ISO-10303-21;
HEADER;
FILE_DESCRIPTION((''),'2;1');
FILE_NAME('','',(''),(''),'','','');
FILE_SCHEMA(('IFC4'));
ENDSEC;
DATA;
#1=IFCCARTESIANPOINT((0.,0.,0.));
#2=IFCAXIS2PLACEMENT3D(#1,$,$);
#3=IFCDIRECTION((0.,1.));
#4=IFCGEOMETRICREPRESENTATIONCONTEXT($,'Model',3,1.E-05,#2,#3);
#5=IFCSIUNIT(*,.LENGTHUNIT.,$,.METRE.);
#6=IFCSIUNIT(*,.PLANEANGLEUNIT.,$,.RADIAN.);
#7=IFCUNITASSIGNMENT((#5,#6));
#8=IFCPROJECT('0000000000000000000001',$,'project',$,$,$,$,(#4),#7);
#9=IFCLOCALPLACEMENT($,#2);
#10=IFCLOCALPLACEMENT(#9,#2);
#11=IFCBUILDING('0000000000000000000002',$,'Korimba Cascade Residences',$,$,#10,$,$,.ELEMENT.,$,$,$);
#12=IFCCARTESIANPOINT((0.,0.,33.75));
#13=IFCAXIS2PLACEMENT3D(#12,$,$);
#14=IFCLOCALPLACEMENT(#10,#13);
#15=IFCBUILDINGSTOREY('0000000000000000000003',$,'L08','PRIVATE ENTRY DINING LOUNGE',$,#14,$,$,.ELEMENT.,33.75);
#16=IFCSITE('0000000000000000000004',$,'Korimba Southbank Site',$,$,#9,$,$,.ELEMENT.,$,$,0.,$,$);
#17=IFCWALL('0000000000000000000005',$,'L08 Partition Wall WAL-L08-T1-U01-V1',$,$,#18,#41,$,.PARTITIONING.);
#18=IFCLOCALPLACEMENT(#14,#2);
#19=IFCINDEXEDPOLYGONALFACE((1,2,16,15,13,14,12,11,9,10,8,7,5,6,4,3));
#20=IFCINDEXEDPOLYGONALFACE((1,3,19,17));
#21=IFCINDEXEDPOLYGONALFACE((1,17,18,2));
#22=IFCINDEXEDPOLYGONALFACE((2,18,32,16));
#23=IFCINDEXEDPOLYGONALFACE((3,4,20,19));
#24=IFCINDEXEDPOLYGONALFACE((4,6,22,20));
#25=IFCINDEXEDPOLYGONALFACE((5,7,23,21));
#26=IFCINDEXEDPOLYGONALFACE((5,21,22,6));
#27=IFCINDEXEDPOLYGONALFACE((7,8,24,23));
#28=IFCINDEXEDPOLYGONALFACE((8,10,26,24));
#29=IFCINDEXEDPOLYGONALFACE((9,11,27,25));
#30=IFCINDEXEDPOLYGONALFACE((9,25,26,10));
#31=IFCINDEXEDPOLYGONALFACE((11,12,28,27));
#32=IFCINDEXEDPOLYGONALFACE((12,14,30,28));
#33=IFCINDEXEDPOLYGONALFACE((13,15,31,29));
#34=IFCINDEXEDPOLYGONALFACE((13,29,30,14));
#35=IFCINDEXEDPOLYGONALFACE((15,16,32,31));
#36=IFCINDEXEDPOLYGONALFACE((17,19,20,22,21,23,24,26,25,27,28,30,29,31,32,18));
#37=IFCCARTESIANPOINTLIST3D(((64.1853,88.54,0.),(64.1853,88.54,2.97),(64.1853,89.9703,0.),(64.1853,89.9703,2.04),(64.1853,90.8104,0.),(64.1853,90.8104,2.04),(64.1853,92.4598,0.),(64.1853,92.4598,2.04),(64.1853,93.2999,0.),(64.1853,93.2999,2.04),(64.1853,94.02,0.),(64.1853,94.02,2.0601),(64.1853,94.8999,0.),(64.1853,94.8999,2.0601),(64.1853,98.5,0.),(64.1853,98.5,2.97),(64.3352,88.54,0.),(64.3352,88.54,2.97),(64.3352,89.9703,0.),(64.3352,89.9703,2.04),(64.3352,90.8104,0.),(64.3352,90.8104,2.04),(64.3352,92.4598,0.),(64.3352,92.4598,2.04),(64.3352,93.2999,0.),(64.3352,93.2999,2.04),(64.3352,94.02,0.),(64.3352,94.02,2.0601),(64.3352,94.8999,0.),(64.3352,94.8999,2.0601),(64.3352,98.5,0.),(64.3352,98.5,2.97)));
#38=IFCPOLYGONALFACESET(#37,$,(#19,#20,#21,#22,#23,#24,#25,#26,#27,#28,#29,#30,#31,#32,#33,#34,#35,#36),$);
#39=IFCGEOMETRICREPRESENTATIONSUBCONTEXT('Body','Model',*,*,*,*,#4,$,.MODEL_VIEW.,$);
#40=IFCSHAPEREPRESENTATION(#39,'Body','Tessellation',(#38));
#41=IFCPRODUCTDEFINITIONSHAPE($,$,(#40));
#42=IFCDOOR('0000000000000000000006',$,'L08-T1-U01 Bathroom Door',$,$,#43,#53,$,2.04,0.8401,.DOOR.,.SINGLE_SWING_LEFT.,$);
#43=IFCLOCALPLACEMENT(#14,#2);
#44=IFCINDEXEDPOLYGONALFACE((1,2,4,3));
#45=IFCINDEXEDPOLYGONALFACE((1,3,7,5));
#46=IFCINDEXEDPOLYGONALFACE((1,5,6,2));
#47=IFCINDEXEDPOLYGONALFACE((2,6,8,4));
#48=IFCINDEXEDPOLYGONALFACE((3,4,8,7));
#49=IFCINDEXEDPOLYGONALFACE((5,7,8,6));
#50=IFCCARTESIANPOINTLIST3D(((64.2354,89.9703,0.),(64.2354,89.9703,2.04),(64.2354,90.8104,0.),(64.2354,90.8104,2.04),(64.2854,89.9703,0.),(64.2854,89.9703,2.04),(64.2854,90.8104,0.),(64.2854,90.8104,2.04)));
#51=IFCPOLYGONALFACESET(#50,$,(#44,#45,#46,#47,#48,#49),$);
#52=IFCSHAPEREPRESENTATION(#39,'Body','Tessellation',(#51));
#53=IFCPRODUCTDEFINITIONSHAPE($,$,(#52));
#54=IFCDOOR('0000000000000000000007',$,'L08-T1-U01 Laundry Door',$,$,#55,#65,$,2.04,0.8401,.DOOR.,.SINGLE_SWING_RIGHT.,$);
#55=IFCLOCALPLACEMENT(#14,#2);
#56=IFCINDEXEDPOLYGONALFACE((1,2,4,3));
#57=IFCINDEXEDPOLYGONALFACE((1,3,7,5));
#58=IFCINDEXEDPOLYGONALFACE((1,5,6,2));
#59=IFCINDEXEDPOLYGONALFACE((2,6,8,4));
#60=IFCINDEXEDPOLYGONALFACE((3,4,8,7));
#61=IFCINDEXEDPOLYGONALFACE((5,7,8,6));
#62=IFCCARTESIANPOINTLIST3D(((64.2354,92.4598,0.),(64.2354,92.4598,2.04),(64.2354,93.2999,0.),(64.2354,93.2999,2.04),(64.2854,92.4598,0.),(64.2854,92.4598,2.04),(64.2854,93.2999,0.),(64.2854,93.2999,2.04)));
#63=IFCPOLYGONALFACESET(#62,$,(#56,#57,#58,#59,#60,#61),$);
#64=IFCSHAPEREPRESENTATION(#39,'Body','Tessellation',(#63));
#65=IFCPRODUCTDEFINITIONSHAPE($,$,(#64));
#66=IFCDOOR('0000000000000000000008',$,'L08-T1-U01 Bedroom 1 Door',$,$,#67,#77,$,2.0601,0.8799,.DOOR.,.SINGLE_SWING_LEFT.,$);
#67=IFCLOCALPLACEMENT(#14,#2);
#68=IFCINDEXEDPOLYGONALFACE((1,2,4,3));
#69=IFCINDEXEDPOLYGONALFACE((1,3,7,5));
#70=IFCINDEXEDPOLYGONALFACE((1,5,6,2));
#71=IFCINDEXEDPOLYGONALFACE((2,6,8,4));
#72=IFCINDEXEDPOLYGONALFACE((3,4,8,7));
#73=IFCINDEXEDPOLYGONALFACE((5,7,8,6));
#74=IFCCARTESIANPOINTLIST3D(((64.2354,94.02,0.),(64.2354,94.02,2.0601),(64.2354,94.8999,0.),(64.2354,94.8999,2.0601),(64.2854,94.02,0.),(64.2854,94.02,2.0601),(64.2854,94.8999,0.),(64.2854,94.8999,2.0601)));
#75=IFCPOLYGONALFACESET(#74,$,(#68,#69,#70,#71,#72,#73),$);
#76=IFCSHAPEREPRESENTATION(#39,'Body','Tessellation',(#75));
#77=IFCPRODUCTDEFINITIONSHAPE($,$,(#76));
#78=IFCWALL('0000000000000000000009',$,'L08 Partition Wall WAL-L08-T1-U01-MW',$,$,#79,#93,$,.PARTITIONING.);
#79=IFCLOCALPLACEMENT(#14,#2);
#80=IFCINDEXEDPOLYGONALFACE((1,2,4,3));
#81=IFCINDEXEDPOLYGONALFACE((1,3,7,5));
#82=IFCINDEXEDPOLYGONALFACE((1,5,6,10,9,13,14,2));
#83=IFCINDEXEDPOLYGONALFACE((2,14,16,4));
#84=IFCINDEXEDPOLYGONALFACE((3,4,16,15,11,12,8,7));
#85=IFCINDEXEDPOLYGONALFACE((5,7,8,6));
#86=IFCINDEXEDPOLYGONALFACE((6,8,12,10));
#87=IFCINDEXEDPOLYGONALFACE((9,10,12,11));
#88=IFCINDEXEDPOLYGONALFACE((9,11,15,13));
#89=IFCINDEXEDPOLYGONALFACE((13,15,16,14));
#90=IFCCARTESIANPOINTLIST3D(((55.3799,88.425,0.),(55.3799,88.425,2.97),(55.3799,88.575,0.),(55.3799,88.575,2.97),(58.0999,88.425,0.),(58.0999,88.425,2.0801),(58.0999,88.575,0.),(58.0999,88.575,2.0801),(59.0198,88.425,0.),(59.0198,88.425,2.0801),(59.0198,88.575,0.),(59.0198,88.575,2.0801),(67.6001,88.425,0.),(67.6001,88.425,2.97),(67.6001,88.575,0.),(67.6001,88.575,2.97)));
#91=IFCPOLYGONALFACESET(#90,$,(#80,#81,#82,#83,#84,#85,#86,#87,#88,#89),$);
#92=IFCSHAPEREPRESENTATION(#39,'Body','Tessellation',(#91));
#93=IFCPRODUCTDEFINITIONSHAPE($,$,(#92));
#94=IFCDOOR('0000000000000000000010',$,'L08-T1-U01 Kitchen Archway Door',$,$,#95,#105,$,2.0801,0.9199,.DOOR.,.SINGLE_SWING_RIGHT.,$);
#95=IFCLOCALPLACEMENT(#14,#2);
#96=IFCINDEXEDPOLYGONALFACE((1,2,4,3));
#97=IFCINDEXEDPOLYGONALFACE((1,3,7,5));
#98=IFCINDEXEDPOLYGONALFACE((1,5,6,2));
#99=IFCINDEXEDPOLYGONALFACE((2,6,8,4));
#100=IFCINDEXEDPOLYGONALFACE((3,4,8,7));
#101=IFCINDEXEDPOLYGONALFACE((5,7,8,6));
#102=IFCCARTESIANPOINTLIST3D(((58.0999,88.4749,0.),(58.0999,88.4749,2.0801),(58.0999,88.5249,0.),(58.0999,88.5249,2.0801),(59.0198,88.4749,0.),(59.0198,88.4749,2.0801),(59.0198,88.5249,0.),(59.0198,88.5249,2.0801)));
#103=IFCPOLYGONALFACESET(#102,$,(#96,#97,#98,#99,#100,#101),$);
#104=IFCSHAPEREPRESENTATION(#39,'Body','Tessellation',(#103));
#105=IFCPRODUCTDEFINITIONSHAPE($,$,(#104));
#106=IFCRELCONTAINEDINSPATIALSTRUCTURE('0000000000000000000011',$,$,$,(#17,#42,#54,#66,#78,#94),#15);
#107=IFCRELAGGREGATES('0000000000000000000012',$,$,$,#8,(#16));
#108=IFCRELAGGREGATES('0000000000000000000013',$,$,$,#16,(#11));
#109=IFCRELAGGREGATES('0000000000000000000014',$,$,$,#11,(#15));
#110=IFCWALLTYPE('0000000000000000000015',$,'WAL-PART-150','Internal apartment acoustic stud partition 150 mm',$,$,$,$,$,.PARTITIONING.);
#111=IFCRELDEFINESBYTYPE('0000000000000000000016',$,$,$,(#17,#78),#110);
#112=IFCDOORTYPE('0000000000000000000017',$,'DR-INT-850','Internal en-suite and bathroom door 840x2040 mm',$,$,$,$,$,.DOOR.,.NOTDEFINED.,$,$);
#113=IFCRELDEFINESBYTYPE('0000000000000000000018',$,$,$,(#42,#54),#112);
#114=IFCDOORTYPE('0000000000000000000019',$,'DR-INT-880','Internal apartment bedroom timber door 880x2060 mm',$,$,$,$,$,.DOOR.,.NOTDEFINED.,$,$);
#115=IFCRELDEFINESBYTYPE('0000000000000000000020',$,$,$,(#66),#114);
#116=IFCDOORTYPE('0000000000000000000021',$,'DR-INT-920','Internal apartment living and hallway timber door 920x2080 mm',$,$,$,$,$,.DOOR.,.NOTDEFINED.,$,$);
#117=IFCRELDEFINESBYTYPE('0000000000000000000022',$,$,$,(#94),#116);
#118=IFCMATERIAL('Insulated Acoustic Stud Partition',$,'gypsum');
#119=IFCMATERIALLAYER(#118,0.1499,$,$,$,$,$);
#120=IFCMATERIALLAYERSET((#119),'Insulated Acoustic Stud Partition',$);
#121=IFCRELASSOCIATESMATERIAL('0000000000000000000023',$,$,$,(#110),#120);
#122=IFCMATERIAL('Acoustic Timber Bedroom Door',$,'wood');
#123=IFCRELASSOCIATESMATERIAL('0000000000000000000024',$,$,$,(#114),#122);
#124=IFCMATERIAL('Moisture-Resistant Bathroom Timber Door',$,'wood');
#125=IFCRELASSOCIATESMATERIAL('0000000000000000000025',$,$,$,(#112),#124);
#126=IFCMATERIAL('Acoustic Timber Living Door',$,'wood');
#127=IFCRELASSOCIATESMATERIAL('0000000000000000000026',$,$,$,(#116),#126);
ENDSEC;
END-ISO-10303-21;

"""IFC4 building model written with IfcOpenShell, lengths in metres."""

from ifc_helpers import new_model, si_unit, direction, frame, frame_2d, origin, place, context, subcontext, project, spatial, rectangle, extrude, material, layer, layer_set, type_object, element, fill, save


model = new_model("IFC4")

# Units and contexts
model_context = context("Model", 3, precision=1e-05, world=origin(), true_north=direction((0.0, 1.0)))
body_context = subcontext(model_context, "Body", "Model", "MODEL_VIEW")
ifc_project = project(units=[si_unit("LENGTHUNIT", "METRE"), si_unit("PLANEANGLEUNIT", "RADIAN")], contexts=[model_context])

# Site, building, storey
site_placement = place(None, origin())
site = spatial("IfcSite", under=ifc_project, at=site_placement, Name="Korimba Southbank Site", CompositionType="ELEMENT", RefElevation=0.0)
building_placement = place(site_placement, origin())
building = spatial("IfcBuilding", under=site, at=building_placement, Name="Korimba Cascade Residences", CompositionType="ELEMENT")
storey_placement = place(building_placement, frame((0.0, 0.0, 33.75)))
storey = spatial("IfcBuildingStorey", under=building, at=storey_placement, Name="L08", Description="PRIVATE ENTRY DINING LOUNGE", CompositionType="ELEMENT", Elevation=33.75)

# Shared definitions
ifc_material_1 = material(Name="Insulated Acoustic Stud Partition", Category="gypsum")
ifc_layer_1 = layer(ifc_material_1, 0.1499)
ifc_layer_set_1 = layer_set([ifc_layer_1], Name="Insulated Acoustic Stud Partition")
wall_type_1 = type_object("IfcWallType", Name="WAL-PART-150", Description="Internal apartment acoustic stud partition 150 mm", PredefinedType="PARTITIONING", material=ifc_layer_set_1)
ifc_material_2 = material(Name="Acoustic Timber Bedroom Door", Category="wood")
door_type_1 = type_object("IfcDoorType", Name="DR-INT-880", Description="Internal apartment bedroom timber door 880x2060 mm", OperationType="NOTDEFINED", PredefinedType="DOOR", material=ifc_material_2)

# Wall, openings, doors
wall_1_placement = place(storey_placement, frame((64.2603, 88.54, 0.0), z_axis=(0.0, 0.0, 1.0), x_axis=(0.0, 1.0, 0.0)))
wall_1 = element("IfcWall", 1, at=wall_1_placement, inside=storey, type_object=wall_type_1, Name="L08 Partition Wall WAL-L08-T1-U01-V1", PredefinedType="PARTITIONING", context=body_context, shape_type="SweptSolid", body=[
    extrude(rectangle(XDim=9.96, YDim=0.1499, at=frame_2d((4.98, 0.0))), origin(), (0.0, 0.0, 1.0), 2.97),
])
opening_1_placement = place(wall_1_placement, frame((1.4304, 0.0, 0.0)))
opening_1 = element("IfcOpeningElement", 2, at=opening_1_placement, cuts=wall_1, PredefinedType="OPENING", context=body_context, shape_type="SweptSolid", body=[
    extrude(rectangle(XDim=0.8401, YDim=2.04, at=frame_2d((0.4199, 1.02))), frame((0.0, 0.085, 0.0), z_axis=(0.0, -1.0, 0.0), x_axis=(1.0, 0.0, 0.0)), (0.0, 0.0, 1.0), 0.1699),
])
opening_2_placement = place(wall_1_placement, frame((3.9199, 0.0, 0.0)))
opening_2 = element("IfcOpeningElement", 3, at=opening_2_placement, cuts=wall_1, PredefinedType="OPENING", context=body_context, shape_type="SweptSolid", body=[
    extrude(rectangle(XDim=0.8401, YDim=2.04, at=frame_2d((0.4199, 1.02))), frame((0.0, 0.085, 0.0), z_axis=(0.0, -1.0, 0.0), x_axis=(1.0, 0.0, 0.0)), (0.0, 0.0, 1.0), 0.1699),
])
opening_3_placement = place(wall_1_placement, frame((5.48, 0.0, 0.0)))
opening_3 = element("IfcOpeningElement", 4, at=opening_3_placement, cuts=wall_1, PredefinedType="OPENING", context=body_context, shape_type="SweptSolid", body=[
    extrude(rectangle(XDim=0.8799, YDim=2.0601, at=frame_2d((0.4399, 1.03))), frame((0.0, 0.085, 0.0), z_axis=(0.0, -1.0, 0.0), x_axis=(1.0, 0.0, 0.0)), (0.0, 0.0, 1.0), 0.1699),
])
ifc_material_3 = material(Name="Moisture-Resistant Bathroom Timber Door", Category="wood")
door_type_2 = type_object("IfcDoorType", Name="DR-INT-850", Description="Internal en-suite and bathroom door 840x2040 mm", OperationType="NOTDEFINED", PredefinedType="DOOR", material=ifc_material_3)
door_1_placement = place(opening_1_placement, origin())
door_1 = element("IfcDoor", 5, at=door_1_placement, inside=storey, type_object=door_type_2, Name="L08-T1-U01 Bathroom Door", OperationType="SINGLE_SWING_LEFT", OverallHeight=2.04, OverallWidth=0.8401, PredefinedType="DOOR", context=body_context, shape_type="SweptSolid", body=[
    extrude(rectangle(XDim=0.8401, YDim=2.04, at=frame_2d((0.4199, 1.02))), frame((0.0, 0.0249, 0.0), z_axis=(0.0, -1.0, 0.0), x_axis=(1.0, 0.0, 0.0)), (0.0, 0.0, 1.0), 0.05),
])
fill(opening_1, door_1)
door_2_placement = place(opening_2_placement, origin())
door_2 = element("IfcDoor", 6, at=door_2_placement, inside=storey, type_object=door_type_2, Name="L08-T1-U01 Laundry Door", OperationType="SINGLE_SWING_RIGHT", OverallHeight=2.04, OverallWidth=0.8401, PredefinedType="DOOR", context=body_context, shape_type="SweptSolid", body=[
    extrude(rectangle(XDim=0.8401, YDim=2.04, at=frame_2d((0.4199, 1.02))), frame((0.0, 0.0249, 0.0), z_axis=(0.0, -1.0, 0.0), x_axis=(1.0, 0.0, 0.0)), (0.0, 0.0, 1.0), 0.05),
])
fill(opening_2, door_2)
door_3_placement = place(opening_3_placement, origin())
door_3 = element("IfcDoor", 7, at=door_3_placement, inside=storey, type_object=door_type_1, Name="L08-T1-U01 Bedroom 1 Door", OperationType="SINGLE_SWING_LEFT", OverallHeight=2.0601, OverallWidth=0.8799, PredefinedType="DOOR", context=body_context, shape_type="SweptSolid", body=[
    extrude(rectangle(XDim=0.8799, YDim=2.0601, at=frame_2d((0.4399, 1.03))), frame((0.0, 0.0249, 0.0), z_axis=(0.0, -1.0, 0.0), x_axis=(1.0, 0.0, 0.0)), (0.0, 0.0, 1.0), 0.05),
])
fill(opening_3, door_3)

# Wall, opening, door
wall_2_placement = place(storey_placement, frame((55.3799, 88.5, 0.0), z_axis=(0.0, 0.0, 1.0), x_axis=(1.0, 0.0, 0.0)))
wall_2 = element("IfcWall", 8, at=wall_2_placement, inside=storey, type_object=wall_type_1, Name="L08 Partition Wall WAL-L08-T1-U01-MW", PredefinedType="PARTITIONING", context=body_context, shape_type="SweptSolid", body=[
    extrude(rectangle(XDim=12.2202, YDim=0.1499, at=frame_2d((6.1101, 0.0))), origin(), (0.0, 0.0, 1.0), 2.97),
])
opening_4_placement = place(wall_2_placement, frame((2.72, 0.0, 0.0)))
opening_4 = element("IfcOpeningElement", 9, at=opening_4_placement, cuts=wall_2, PredefinedType="OPENING", context=body_context, shape_type="SweptSolid", body=[
    extrude(rectangle(XDim=0.9199, YDim=2.0801, at=frame_2d((0.46, 1.04))), frame((0.0, 0.085, 0.0), z_axis=(0.0, -1.0, 0.0), x_axis=(1.0, 0.0, 0.0)), (0.0, 0.0, 1.0), 0.1699),
])
ifc_material_4 = material(Name="Acoustic Timber Living Door", Category="wood")
door_type_3 = type_object("IfcDoorType", Name="DR-INT-920", Description="Internal apartment living and hallway timber door 920x2080 mm", OperationType="NOTDEFINED", PredefinedType="DOOR", material=ifc_material_4)
door_4_placement = place(opening_4_placement, origin())
door_4 = element("IfcDoor", 10, at=door_4_placement, inside=storey, type_object=door_type_3, Name="L08-T1-U01 Kitchen Archway Door", OperationType="SINGLE_SWING_RIGHT", OverallHeight=2.0801, OverallWidth=0.9199, PredefinedType="DOOR", context=body_context, shape_type="SweptSolid", body=[
    extrude(rectangle(XDim=0.9199, YDim=2.0801, at=frame_2d((0.46, 1.04))), frame((0.0, 0.0249, 0.0), z_axis=(0.0, -1.0, 0.0), x_axis=(1.0, 0.0, 0.0)), (0.0, 0.0, 1.0), 0.05),
])
fill(opening_4, door_4)

save(model, "model.ifc")
